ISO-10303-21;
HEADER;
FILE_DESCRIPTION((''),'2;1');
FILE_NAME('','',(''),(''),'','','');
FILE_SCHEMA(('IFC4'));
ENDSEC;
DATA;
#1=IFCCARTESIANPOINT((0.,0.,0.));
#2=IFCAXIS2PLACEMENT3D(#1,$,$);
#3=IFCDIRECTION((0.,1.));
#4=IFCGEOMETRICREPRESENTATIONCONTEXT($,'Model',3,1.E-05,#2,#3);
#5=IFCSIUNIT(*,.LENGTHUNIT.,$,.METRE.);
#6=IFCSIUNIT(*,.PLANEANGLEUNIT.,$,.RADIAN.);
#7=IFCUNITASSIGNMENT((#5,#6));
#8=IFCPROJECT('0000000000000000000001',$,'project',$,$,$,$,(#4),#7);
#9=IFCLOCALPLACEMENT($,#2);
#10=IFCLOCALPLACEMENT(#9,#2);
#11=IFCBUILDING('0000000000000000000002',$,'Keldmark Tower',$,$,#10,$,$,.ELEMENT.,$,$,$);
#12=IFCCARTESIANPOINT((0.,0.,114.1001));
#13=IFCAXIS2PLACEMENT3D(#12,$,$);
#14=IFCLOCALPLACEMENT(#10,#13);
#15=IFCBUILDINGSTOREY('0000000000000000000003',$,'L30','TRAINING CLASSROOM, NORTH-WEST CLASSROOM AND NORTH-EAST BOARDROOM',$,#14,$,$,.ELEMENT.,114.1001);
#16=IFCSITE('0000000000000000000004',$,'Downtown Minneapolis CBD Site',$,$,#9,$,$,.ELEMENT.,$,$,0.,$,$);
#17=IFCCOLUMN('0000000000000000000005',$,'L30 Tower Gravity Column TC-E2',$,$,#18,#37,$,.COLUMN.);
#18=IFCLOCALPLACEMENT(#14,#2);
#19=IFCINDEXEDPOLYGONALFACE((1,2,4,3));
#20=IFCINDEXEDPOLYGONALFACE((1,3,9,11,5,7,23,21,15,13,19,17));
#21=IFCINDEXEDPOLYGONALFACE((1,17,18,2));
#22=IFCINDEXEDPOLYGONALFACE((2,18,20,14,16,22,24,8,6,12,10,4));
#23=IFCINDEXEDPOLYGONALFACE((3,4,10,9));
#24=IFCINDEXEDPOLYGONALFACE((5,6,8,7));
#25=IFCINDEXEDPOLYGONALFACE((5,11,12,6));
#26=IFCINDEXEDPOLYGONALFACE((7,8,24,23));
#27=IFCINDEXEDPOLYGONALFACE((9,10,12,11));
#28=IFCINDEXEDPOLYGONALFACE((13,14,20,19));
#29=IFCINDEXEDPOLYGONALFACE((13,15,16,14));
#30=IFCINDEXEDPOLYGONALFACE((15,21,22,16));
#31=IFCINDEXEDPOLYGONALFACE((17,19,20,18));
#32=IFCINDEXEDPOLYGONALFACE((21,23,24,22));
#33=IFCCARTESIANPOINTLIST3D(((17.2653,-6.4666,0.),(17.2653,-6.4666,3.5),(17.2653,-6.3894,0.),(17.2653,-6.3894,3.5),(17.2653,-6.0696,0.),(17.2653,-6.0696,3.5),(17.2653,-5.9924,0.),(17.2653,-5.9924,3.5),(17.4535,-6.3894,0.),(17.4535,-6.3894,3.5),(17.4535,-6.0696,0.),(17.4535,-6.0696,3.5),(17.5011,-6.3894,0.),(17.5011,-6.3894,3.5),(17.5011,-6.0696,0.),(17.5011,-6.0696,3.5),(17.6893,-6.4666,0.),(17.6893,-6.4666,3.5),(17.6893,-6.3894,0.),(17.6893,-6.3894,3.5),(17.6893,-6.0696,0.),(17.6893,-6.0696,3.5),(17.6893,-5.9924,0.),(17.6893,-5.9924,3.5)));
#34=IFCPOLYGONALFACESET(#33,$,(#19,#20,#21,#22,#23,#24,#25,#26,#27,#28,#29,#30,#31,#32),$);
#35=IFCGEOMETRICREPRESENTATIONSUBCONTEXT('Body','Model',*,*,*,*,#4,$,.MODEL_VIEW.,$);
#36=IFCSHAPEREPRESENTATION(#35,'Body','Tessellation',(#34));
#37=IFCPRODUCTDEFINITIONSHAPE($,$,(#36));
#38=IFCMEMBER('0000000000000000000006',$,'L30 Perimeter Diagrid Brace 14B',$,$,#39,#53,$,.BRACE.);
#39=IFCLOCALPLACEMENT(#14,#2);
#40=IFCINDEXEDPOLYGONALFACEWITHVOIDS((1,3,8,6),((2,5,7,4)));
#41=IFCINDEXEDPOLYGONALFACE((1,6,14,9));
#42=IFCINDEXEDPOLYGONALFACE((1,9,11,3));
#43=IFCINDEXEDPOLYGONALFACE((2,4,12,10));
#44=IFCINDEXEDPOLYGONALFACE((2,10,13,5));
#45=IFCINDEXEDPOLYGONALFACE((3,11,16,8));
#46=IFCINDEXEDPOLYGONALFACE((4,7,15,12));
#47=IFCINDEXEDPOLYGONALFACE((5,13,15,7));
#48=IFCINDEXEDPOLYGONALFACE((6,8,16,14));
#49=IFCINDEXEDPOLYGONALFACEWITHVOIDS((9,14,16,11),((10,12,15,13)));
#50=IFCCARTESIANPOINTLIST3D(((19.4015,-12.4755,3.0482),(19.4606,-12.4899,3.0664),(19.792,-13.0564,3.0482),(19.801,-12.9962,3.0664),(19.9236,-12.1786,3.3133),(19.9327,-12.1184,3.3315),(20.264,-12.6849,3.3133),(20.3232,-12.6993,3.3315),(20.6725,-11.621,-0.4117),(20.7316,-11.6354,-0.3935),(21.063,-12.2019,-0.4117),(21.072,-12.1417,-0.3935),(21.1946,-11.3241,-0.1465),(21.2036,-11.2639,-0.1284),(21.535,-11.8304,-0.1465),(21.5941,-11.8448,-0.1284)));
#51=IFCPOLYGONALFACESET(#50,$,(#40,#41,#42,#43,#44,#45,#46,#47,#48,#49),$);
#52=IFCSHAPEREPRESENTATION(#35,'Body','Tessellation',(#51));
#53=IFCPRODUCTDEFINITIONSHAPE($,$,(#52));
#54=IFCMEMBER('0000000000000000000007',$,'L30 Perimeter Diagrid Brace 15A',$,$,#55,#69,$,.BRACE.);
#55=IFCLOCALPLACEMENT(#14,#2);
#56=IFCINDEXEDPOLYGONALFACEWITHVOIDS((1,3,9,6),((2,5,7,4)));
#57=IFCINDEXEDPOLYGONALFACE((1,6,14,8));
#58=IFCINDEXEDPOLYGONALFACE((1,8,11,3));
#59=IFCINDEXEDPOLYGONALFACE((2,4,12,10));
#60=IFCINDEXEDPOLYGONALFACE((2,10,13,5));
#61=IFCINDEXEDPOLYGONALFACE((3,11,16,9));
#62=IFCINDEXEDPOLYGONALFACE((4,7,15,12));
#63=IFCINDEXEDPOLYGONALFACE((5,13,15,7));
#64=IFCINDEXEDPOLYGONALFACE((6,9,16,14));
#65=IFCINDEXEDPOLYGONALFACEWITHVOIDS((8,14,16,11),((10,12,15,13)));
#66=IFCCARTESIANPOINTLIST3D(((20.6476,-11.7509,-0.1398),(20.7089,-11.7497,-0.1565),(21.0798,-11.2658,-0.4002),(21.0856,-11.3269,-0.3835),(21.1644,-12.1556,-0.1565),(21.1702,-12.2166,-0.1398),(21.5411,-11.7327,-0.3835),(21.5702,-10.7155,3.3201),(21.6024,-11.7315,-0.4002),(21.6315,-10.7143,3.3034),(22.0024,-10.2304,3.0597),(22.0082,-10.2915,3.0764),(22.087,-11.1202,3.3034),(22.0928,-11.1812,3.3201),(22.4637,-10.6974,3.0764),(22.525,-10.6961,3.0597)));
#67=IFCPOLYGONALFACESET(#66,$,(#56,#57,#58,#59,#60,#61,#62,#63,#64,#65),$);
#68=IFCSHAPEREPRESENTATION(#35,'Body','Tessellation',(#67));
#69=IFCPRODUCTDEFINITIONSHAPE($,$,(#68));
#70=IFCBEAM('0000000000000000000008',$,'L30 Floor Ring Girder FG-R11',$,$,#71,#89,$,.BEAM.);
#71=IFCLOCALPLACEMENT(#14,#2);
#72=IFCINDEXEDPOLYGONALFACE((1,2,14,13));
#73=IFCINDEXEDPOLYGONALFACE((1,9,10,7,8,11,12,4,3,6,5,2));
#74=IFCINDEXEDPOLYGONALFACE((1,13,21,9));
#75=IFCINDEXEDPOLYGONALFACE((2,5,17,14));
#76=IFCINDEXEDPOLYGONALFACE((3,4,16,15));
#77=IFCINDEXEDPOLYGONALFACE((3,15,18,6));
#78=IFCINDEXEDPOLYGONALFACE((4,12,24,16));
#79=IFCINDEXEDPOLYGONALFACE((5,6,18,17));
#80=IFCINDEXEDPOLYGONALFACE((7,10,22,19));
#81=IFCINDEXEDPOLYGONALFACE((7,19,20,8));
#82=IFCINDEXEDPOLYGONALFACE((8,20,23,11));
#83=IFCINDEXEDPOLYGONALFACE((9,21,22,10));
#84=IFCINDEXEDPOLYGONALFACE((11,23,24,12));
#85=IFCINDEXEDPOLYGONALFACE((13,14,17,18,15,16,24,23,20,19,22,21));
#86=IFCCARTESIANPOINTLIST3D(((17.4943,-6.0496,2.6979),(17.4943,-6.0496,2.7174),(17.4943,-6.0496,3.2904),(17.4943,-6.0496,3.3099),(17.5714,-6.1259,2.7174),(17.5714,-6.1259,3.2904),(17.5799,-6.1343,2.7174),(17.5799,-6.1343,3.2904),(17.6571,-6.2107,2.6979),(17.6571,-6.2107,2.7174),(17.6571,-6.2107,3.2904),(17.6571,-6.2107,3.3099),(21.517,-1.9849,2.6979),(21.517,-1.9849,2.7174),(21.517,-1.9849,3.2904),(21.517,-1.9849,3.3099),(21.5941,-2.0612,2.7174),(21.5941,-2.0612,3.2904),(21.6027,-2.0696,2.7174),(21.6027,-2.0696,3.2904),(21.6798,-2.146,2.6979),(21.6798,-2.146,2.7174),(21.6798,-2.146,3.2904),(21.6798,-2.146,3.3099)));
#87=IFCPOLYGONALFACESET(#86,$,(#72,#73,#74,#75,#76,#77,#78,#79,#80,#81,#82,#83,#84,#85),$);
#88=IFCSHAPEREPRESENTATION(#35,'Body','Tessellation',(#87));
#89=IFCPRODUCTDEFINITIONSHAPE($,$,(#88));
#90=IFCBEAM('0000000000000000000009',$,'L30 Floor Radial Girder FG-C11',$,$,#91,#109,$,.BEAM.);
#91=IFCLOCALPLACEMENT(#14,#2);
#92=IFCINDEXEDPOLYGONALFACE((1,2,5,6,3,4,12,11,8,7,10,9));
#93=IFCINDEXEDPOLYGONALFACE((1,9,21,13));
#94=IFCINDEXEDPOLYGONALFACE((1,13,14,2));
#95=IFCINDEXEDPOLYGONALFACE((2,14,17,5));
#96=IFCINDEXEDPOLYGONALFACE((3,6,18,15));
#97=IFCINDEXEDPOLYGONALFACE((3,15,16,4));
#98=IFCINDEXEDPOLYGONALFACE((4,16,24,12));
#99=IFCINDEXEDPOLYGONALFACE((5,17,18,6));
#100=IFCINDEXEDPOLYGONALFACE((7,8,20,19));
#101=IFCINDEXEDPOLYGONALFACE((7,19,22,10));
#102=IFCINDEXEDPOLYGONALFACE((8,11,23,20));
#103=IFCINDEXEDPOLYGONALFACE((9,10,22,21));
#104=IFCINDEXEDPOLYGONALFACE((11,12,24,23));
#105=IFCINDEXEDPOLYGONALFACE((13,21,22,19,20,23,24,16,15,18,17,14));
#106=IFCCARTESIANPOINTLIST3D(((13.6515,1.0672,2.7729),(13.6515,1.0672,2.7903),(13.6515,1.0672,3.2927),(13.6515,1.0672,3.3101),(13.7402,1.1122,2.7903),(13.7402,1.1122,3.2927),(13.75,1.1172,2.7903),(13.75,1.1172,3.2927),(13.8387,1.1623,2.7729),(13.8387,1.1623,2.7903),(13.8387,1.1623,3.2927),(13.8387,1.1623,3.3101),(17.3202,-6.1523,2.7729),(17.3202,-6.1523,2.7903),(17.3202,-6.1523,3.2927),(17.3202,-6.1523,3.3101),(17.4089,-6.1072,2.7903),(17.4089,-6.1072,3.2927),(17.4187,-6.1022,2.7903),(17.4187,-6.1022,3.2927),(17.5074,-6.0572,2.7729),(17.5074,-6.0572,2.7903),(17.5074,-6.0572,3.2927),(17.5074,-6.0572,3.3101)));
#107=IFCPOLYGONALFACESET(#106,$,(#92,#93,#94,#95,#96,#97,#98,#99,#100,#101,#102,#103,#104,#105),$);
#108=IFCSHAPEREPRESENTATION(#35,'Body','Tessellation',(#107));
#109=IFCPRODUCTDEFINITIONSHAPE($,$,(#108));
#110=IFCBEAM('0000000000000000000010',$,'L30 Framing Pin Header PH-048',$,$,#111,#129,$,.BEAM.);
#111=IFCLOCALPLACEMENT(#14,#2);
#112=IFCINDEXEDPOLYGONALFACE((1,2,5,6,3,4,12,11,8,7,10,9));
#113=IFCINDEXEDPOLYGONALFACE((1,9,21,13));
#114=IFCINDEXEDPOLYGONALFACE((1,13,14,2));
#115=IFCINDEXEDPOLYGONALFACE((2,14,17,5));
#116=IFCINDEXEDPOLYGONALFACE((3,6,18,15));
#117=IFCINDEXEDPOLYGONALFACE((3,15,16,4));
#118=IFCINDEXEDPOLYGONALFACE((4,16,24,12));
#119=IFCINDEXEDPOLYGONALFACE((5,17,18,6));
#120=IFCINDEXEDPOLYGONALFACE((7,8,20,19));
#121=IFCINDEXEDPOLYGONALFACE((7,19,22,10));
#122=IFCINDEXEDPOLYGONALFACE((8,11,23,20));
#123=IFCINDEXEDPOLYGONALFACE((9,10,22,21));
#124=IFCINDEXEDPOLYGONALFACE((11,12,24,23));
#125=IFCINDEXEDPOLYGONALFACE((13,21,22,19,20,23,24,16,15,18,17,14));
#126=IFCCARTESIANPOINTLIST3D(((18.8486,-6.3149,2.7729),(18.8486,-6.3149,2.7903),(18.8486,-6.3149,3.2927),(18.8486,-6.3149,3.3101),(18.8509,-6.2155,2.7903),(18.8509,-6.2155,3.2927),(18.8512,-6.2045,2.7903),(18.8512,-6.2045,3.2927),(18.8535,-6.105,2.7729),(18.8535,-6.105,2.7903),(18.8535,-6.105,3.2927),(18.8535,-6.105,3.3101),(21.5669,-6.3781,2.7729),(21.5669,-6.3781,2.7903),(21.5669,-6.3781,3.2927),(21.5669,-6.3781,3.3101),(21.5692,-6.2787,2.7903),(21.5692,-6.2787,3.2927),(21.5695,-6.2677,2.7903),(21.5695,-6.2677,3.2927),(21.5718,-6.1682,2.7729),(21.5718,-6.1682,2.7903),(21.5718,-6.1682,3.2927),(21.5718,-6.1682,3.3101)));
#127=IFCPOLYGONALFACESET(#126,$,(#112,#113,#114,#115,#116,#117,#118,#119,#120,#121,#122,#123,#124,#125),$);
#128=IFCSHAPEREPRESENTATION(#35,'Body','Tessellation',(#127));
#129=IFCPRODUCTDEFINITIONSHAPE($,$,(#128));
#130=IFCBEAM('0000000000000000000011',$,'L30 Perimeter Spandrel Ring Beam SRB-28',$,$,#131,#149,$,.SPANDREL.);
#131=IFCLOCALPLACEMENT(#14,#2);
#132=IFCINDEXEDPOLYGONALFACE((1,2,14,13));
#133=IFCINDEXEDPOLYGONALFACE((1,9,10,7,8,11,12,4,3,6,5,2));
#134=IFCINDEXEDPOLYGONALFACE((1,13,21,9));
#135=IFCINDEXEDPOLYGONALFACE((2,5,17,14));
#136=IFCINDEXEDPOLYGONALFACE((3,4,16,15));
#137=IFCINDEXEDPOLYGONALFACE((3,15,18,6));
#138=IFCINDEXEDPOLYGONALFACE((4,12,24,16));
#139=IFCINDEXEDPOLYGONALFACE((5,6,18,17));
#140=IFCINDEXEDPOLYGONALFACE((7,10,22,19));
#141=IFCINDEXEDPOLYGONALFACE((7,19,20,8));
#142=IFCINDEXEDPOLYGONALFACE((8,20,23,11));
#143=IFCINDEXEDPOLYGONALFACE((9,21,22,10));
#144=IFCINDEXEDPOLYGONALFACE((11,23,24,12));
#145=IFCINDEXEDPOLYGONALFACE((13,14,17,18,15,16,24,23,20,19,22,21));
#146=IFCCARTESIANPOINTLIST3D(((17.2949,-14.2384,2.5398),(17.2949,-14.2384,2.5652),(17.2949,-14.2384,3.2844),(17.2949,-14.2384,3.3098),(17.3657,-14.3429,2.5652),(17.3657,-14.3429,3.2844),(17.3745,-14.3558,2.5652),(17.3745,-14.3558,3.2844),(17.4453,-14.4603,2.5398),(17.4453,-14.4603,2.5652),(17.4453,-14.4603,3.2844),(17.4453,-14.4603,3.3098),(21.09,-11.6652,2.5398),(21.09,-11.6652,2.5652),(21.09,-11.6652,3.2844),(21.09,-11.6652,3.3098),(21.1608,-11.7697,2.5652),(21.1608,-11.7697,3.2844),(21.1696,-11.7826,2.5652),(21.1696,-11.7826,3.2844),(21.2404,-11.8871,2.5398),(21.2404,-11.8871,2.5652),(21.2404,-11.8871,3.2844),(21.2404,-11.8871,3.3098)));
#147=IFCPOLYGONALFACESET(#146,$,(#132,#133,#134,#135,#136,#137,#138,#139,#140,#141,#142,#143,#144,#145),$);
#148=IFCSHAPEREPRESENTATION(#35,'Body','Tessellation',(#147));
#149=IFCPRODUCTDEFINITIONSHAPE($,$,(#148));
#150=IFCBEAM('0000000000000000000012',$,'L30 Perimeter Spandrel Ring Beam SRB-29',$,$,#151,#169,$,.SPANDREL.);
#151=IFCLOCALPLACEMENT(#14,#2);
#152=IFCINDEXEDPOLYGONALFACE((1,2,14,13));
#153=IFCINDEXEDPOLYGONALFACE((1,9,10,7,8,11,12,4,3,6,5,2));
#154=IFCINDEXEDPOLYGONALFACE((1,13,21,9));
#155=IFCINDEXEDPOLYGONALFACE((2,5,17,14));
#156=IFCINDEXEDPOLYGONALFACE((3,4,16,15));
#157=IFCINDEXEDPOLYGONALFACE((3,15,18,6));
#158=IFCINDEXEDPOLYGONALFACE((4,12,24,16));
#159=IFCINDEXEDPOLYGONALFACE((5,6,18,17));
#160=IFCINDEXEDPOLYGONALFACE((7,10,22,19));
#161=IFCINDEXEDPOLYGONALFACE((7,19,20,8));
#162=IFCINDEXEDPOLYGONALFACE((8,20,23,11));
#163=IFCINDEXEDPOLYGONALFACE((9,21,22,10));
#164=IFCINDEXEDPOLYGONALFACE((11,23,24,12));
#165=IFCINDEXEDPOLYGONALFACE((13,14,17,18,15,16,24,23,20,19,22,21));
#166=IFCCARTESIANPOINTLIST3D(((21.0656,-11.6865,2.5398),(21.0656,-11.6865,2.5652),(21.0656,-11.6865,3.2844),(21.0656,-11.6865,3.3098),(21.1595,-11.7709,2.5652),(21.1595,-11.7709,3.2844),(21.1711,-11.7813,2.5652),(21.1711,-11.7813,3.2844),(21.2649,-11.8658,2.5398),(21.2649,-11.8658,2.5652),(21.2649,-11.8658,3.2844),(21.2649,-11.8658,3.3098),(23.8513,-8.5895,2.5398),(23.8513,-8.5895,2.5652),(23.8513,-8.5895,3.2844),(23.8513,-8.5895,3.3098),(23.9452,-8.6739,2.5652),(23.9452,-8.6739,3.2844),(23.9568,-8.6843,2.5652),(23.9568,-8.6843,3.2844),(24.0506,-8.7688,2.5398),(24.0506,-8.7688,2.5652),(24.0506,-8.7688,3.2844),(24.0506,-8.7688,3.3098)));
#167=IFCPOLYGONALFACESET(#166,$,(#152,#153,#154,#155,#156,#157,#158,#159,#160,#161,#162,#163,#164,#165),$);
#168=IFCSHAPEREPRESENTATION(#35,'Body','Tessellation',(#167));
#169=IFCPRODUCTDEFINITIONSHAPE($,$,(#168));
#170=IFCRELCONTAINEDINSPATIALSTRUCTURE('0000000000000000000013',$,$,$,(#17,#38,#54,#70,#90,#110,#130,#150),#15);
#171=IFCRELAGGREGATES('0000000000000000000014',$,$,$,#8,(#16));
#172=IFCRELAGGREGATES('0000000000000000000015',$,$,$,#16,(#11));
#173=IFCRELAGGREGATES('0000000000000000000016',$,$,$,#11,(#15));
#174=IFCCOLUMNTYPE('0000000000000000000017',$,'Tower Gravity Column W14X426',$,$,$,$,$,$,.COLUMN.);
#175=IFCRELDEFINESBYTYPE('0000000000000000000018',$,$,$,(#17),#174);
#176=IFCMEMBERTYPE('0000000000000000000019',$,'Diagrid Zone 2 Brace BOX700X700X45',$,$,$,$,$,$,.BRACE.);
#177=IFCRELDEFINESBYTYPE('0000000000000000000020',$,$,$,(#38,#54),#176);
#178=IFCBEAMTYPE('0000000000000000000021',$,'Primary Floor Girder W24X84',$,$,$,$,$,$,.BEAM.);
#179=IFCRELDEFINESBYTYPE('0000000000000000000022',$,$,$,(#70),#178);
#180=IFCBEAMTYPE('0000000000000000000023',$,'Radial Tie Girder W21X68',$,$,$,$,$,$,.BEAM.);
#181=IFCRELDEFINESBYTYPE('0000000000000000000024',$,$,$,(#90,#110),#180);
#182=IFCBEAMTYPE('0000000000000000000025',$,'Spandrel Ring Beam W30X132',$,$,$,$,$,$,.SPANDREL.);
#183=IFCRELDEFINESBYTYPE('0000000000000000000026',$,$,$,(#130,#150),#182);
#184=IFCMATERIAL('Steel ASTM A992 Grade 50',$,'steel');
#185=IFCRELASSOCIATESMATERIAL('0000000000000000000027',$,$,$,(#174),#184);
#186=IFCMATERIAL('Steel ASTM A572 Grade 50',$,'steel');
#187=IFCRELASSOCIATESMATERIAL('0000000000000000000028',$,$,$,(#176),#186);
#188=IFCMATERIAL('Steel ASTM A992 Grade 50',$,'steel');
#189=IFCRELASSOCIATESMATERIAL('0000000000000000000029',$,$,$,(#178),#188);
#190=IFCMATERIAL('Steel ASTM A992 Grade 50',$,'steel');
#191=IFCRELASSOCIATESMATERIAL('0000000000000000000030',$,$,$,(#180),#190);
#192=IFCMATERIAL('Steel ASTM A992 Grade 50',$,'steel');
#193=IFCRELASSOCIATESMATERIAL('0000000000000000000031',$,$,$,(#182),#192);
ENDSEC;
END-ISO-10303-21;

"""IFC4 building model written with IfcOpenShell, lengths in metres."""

from ifc_helpers import new_model, si_unit, direction, frame, origin, origin_2d, place, context, subcontext, project, spatial, hollow_rectangle, i_section, extrude, material, material_profile, profile_set, type_object, element, save


model = new_model("IFC4")

# Units and contexts
model_context = context("Model", 3, precision=1e-05, world=origin(), true_north=direction((0.0, 1.0)))
body_context = subcontext(model_context, "Body", "Model", "MODEL_VIEW")
ifc_project = project(units=[si_unit("LENGTHUNIT", "METRE"), si_unit("PLANEANGLEUNIT", "RADIAN")], contexts=[model_context])

# Site, building, storey
site_placement = place(None, origin())
site = spatial("IfcSite", under=ifc_project, at=site_placement, Name="Downtown Minneapolis CBD Site", CompositionType="ELEMENT", RefElevation=0.0)
building_placement = place(site_placement, origin())
building = spatial("IfcBuilding", under=site, at=building_placement, Name="Keldmark Tower", CompositionType="ELEMENT")
storey_placement = place(building_placement, frame((0.0, 0.0, 114.1001)))
storey = spatial("IfcBuildingStorey", under=building, at=storey_placement, Name="L30", Description="TRAINING CLASSROOM, NORTH-WEST CLASSROOM AND NORTH-EAST BOARDROOM", CompositionType="ELEMENT", Elevation=114.1001)

# Column
ifc_material_1 = material(Name="Steel ASTM A992 Grade 50", Category="steel")
ifc_material_profile_1 = material_profile(ifc_material_1, i_section(OverallWidth=0.4241, OverallDepth=0.4741, WebThickness=0.0476, FlangeThickness=0.0771, at=origin_2d()), Name="W14X426")
ifc_profile_set_1 = profile_set([ifc_material_profile_1], Name="Steel ASTM A992 Grade 50")
column_type = type_object("IfcColumnType", Name="Tower Gravity Column W14X426", PredefinedType="COLUMN", material=ifc_profile_set_1)
column_placement = place(storey_placement, frame((17.4773, -6.2295, 0.0), z_axis=(0.0, 0.0, 1.0), x_axis=(1.0, 0.0, 0.0)))
element("IfcColumn", 1, at=column_placement, inside=storey, type_object=column_type, Name="L30 Tower Gravity Column TC-E2", PredefinedType="COLUMN", context=body_context, shape_type="SweptSolid", body=[
    extrude(i_section(OverallWidth=0.4241, OverallDepth=0.4741, WebThickness=0.0476, FlangeThickness=0.0771, at=origin_2d()), origin(), (0.0, 0.0, 1.0), 3.5),
])

# Members
ifc_material_2 = material(Name="Steel ASTM A572 Grade 50", Category="steel")
ifc_material_profile_2 = material_profile(ifc_material_2, hollow_rectangle(XDim=0.7, YDim=0.7, WallThickness=0.0449, at=origin_2d()), Name="BOX700X700X45")
ifc_profile_set_2 = profile_set([ifc_material_profile_2], Name="Steel ASTM A572 Grade 50")
member_type = type_object("IfcMemberType", Name="Diagrid Zone 2 Brace BOX700X700X45", PredefinedType="BRACE", material=ifc_profile_set_2)
member_1_placement = place(storey_placement, frame((21.1333, -11.7329, -0.27), z_axis=(-0.335907, -0.225831, 0.914422), x_axis=(0.557933, -0.829886, 0.0)))
element("IfcMember", 2, at=member_1_placement, inside=storey, type_object=member_type, Name="L30 Perimeter Diagrid Brace 14B", PredefinedType="BRACE", context=body_context, shape_type="SweptSolid", body=[
    extrude(hollow_rectangle(XDim=0.7, YDim=0.7, WallThickness=0.0449, at=origin_2d()), origin(), (0.0, 0.0, 1.0), 3.7837),
])
member_2_placement = place(storey_placement, frame((21.125, -11.7412, -0.27), z_axis=(0.247511, 0.27777, 0.928215), x_axis=(-0.746603, 0.66527, 0.0)))
element("IfcMember", 3, at=member_2_placement, inside=storey, type_object=member_type, Name="L30 Perimeter Diagrid Brace 15A", PredefinedType="BRACE", context=body_context, shape_type="SweptSolid", body=[
    extrude(hollow_rectangle(XDim=0.7, YDim=0.7, WallThickness=0.0449, at=origin_2d()), origin(), (0.0, 0.0, 1.0), 3.7275),
])

# Beams
ifc_material_3 = material(Name="Steel ASTM A992 Grade 50", Category="steel")
ifc_material_profile_3 = material_profile(ifc_material_3, i_section(OverallWidth=0.229, OverallDepth=0.6121, WebThickness=0.012, FlangeThickness=0.0195, at=origin_2d()), Name="W24X84")
ifc_profile_set_3 = profile_set([ifc_material_profile_3], Name="Steel ASTM A992 Grade 50")
beam_type_1 = type_object("IfcBeamType", Name="Primary Floor Girder W24X84", PredefinedType="BEAM", material=ifc_profile_set_3)
beam_1_placement = place(storey_placement, frame((17.5757, -6.1301, 3.0039), z_axis=(0.703426, 0.710769, 0.0), x_axis=(-0.710769, 0.703426, 0.0)))
element("IfcBeam", 4, at=beam_1_placement, inside=storey, type_object=beam_type_1, Name="L30 Floor Ring Girder FG-R11", PredefinedType="BEAM", context=body_context, shape_type="SweptSolid", body=[
    extrude(i_section(OverallWidth=0.229, OverallDepth=0.6121, WebThickness=0.012, FlangeThickness=0.0195, at=origin_2d()), origin(), (0.0, 0.0, 1.0), 5.7188),
])
ifc_material_4 = material(Name="Steel ASTM A992 Grade 50", Category="steel")
ifc_material_profile_4 = material_profile(ifc_material_4, i_section(OverallWidth=0.21, OverallDepth=0.5371, WebThickness=0.011, FlangeThickness=0.0173, at=origin_2d()), Name="W21X68")
ifc_profile_set_4 = profile_set([ifc_material_profile_4], Name="Steel ASTM A992 Grade 50")
beam_type_2 = type_object("IfcBeamType", Name="Radial Tie Girder W21X68", PredefinedType="BEAM", material=ifc_profile_set_4)
beam_2_placement = place(storey_placement, frame((17.4138, -6.1047, 3.0415), z_axis=(-0.453029, 0.891496, 0.0), x_axis=(-0.891496, -0.453029, 0.0)))
element("IfcBeam", 5, at=beam_2_placement, inside=storey, type_object=beam_type_2, Name="L30 Floor Radial Girder FG-C11", PredefinedType="BEAM", context=body_context, shape_type="SweptSolid", body=[
    extrude(i_section(OverallWidth=0.21, OverallDepth=0.5371, WebThickness=0.011, FlangeThickness=0.0173, at=origin_2d()), origin(), (0.0, 0.0, 1.0), 8.0981),
])
beam_3_placement = place(storey_placement, frame((18.8511, -6.21, 3.0415), z_axis=(0.99973, -0.023256, 0.0), x_axis=(0.023256, 0.99973, 0.0)))
element("IfcBeam", 6, at=beam_3_placement, inside=storey, type_object=beam_type_2, Name="L30 Framing Pin Header PH-048", PredefinedType="BEAM", context=body_context, shape_type="SweptSolid", body=[
    extrude(i_section(OverallWidth=0.21, OverallDepth=0.5371, WebThickness=0.011, FlangeThickness=0.0173, at=origin_2d()), origin(), (0.0, 0.0, 1.0), 2.719),
])
ifc_material_5 = material(Name="Steel ASTM A992 Grade 50", Category="steel")
ifc_material_profile_5 = material_profile(ifc_material_5, i_section(OverallWidth=0.2681, OverallDepth=0.77, WebThickness=0.0156, FlangeThickness=0.0254, at=origin_2d()), Name="W30X132")
ifc_profile_set_5 = profile_set([ifc_material_profile_5], Name="Steel ASTM A992 Grade 50")
beam_type_3 = type_object("IfcBeamType", Name="Spandrel Ring Beam W30X132", PredefinedType="SPANDREL", material=ifc_profile_set_5)
beam_4_placement = place(storey_placement, frame((17.3701, -14.3494, 2.9248), z_axis=(0.827683, 0.561195, 0.0), x_axis=(-0.561195, 0.827683, 0.0)))
element("IfcBeam", 7, at=beam_4_placement, inside=storey, type_object=beam_type_3, Name="L30 Perimeter Spandrel Ring Beam SRB-28", PredefinedType="SPANDREL", context=body_context, shape_type="SweptSolid", body=[
    extrude(i_section(OverallWidth=0.2681, OverallDepth=0.77, WebThickness=0.0156, FlangeThickness=0.0254, at=origin_2d()), origin(), (0.0, 0.0, 1.0), 4.5852),
])
beam_5_placement = place(storey_placement, frame((21.1653, -11.7761, 2.9248), z_axis=(0.668754, 0.743484, 0.0), x_axis=(-0.743484, 0.668754, 0.0)))
element("IfcBeam", 8, at=beam_5_placement, inside=storey, type_object=beam_type_3, Name="L30 Perimeter Spandrel Ring Beam SRB-29", PredefinedType="SPANDREL", context=body_context, shape_type="SweptSolid", body=[
    extrude(i_section(OverallWidth=0.2681, OverallDepth=0.77, WebThickness=0.0156, FlangeThickness=0.0254, at=origin_2d()), origin(), (0.0, 0.0, 1.0), 4.1655),
])

save(model, "model.ifc")
